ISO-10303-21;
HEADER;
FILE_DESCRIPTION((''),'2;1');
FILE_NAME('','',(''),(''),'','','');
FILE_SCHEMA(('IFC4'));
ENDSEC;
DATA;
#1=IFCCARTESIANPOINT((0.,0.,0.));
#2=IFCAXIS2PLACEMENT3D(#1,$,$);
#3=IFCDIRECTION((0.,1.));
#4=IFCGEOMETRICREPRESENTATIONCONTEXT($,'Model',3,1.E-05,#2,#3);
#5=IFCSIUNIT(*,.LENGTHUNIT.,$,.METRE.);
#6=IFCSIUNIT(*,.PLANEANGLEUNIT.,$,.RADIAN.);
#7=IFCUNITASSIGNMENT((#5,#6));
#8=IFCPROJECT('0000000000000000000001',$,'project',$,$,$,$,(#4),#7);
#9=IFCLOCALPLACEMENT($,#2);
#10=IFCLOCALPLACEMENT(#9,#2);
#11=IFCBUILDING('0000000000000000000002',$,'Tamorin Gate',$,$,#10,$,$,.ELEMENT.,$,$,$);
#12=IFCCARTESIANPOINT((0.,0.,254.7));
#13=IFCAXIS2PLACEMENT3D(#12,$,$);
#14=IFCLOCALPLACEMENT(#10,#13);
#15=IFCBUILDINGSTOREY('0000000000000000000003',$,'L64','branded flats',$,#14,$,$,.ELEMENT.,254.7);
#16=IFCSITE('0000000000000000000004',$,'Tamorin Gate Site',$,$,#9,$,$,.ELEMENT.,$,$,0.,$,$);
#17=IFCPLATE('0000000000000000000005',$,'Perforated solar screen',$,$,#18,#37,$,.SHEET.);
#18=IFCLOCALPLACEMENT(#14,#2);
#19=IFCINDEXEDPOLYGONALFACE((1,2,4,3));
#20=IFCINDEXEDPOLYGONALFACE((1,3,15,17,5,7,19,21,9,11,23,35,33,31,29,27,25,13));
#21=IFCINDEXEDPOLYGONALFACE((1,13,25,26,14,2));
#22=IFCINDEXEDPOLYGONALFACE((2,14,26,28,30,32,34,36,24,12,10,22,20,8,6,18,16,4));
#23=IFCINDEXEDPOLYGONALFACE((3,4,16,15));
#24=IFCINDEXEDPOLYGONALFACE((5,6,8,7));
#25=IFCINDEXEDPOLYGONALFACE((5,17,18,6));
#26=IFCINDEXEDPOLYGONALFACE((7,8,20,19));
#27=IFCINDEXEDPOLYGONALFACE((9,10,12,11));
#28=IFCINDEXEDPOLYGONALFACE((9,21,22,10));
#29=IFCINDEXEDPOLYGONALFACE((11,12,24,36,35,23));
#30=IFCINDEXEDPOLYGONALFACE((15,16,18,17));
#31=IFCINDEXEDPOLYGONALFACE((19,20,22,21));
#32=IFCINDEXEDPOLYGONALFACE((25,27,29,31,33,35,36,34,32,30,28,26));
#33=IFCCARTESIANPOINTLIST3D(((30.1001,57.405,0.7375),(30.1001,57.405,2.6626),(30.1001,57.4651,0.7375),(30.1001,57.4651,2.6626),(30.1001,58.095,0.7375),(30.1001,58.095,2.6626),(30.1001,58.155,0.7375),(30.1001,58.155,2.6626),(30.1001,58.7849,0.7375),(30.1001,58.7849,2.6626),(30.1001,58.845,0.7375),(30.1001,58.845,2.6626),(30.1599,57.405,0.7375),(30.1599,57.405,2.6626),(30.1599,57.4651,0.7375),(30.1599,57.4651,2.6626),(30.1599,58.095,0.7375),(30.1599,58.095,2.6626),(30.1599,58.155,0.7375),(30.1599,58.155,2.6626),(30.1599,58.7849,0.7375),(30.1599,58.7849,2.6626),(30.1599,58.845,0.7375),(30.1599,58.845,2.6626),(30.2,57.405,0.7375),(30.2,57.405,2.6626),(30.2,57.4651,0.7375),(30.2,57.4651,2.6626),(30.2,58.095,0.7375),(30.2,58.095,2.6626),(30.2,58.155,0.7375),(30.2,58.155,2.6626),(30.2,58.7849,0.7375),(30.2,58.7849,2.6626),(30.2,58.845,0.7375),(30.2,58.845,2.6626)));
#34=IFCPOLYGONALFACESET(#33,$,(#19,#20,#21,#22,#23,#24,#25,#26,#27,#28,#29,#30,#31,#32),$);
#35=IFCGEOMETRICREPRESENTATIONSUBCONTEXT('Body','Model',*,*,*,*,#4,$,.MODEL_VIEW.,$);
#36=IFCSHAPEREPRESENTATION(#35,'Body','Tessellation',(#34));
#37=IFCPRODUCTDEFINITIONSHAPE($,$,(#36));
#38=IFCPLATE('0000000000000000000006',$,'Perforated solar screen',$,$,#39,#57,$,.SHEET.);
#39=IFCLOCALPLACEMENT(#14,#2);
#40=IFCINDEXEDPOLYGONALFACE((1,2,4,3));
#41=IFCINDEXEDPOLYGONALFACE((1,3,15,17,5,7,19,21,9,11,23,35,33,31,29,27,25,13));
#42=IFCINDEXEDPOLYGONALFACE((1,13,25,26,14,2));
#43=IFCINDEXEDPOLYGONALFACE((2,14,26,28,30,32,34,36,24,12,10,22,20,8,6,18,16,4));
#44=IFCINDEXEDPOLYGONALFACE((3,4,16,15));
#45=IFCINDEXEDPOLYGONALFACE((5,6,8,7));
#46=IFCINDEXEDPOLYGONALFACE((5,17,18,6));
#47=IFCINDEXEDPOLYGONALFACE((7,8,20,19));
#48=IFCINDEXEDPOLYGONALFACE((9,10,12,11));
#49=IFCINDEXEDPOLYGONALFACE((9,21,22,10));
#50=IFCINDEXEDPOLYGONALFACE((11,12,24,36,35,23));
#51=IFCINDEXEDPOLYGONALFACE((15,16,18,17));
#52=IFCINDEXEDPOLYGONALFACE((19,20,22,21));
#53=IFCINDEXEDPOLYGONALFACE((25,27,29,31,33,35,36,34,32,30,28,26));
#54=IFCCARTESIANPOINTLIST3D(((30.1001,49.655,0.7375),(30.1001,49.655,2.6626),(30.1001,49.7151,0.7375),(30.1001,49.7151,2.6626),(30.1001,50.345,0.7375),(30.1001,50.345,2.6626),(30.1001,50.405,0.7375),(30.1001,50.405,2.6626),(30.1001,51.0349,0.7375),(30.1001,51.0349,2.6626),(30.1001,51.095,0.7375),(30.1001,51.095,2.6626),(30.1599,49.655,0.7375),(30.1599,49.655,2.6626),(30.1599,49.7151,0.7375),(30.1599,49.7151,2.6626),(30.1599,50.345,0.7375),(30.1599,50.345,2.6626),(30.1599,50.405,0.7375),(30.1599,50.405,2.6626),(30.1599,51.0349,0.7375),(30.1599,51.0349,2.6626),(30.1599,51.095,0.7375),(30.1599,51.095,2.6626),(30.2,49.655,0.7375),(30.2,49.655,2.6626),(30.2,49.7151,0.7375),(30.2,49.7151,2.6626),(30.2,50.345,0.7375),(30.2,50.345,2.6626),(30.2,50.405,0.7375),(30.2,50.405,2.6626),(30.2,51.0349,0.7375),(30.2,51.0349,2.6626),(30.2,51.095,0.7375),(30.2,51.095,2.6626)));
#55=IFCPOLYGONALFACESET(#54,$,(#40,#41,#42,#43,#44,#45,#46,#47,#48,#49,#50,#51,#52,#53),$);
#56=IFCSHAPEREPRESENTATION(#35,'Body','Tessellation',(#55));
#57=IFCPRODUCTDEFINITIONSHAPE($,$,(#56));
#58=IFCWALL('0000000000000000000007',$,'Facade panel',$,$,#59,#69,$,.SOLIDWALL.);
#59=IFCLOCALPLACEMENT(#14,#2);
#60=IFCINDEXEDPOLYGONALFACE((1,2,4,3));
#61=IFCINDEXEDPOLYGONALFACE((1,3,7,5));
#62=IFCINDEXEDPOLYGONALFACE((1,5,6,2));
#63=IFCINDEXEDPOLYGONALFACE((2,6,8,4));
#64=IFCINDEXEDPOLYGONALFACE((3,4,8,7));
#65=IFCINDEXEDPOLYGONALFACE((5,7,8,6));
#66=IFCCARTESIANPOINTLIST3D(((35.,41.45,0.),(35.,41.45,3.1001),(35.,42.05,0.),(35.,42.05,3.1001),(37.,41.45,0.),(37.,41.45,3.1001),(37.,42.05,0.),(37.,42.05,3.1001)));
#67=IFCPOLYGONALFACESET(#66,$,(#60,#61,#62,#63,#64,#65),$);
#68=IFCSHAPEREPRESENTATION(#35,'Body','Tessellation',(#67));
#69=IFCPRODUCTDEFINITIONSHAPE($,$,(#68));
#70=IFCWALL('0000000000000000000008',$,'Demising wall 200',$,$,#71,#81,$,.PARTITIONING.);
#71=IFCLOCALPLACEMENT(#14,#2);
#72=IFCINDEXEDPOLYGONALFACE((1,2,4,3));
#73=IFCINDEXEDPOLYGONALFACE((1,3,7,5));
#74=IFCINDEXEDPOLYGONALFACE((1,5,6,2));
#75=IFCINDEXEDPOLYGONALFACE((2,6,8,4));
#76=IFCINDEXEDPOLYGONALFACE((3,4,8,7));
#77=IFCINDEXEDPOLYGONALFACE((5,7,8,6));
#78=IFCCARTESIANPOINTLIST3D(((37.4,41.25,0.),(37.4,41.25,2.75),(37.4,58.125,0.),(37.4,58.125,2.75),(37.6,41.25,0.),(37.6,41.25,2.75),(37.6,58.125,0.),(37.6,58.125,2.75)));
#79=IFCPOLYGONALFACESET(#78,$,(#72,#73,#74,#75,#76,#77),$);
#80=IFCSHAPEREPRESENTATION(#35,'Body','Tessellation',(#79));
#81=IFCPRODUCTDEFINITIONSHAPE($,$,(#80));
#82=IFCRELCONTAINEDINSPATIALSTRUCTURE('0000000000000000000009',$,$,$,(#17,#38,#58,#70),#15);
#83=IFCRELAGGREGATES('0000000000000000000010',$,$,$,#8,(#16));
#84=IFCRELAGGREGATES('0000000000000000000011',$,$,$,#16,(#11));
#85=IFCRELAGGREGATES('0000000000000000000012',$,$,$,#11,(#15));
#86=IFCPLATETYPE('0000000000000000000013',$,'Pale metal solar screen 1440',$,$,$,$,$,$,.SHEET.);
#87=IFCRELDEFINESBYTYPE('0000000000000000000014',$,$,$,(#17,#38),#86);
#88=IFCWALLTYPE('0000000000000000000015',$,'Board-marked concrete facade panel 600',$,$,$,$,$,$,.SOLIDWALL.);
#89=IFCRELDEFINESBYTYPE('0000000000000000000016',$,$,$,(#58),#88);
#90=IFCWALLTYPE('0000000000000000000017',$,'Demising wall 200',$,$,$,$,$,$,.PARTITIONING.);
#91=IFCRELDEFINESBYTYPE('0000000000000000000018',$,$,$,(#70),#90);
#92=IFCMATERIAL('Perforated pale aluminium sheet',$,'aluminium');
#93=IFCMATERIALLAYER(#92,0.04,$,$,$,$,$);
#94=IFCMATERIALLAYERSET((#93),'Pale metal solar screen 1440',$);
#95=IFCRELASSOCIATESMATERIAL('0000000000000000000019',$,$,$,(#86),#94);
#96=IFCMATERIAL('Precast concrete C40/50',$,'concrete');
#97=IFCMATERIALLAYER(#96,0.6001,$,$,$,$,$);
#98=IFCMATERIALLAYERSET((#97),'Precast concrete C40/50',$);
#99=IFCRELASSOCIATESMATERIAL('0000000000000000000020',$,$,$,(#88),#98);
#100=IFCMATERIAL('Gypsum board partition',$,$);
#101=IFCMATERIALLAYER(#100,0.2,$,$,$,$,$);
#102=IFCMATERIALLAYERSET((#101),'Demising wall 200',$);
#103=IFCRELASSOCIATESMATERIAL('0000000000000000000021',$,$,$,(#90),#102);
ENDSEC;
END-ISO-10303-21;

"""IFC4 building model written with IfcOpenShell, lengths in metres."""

from ifc_helpers import new_model, si_unit, direction, frame, frame_2d, origin, place, context, subcontext, project, spatial, polyline, rectangle, outline, extrude, material, layer, layer_set, type_object, element, save


model = new_model("IFC4")

# Units and contexts
model_context = context("Model", 3, precision=1e-05, world=origin(), true_north=direction((0.0, 1.0)))
body_context = subcontext(model_context, "Body", "Model", "MODEL_VIEW")
ifc_project = project(units=[si_unit("LENGTHUNIT", "METRE"), si_unit("PLANEANGLEUNIT", "RADIAN")], contexts=[model_context])

# Site, building, storey
site_placement = place(None, origin())
site = spatial("IfcSite", under=ifc_project, at=site_placement, Name="Tamorin Gate Site", CompositionType="ELEMENT", RefElevation=0.0)
building_placement = place(site_placement, origin())
building = spatial("IfcBuilding", under=site, at=building_placement, Name="Tamorin Gate", CompositionType="ELEMENT")
storey_placement = place(building_placement, frame((0.0, 0.0, 254.7)))
storey = spatial("IfcBuildingStorey", under=building, at=storey_placement, Name="L64", Description="branded flats", CompositionType="ELEMENT", Elevation=254.7)

# Plates
ifc_material_1 = material(Name="Perforated pale aluminium sheet", Category="aluminium")
ifc_layer_1 = layer(ifc_material_1, 0.04)
ifc_layer_set_1 = layer_set([ifc_layer_1], Name="Pale metal solar screen 1440")
plate_type = type_object("IfcPlateType", Name="Pale metal solar screen 1440", PredefinedType="SHEET", material=ifc_layer_set_1)
plate_1_placement = place(storey_placement, frame((0.0, 0.0, 0.7375)))
element("IfcPlate", 1, at=plate_1_placement, inside=storey, type_object=plate_type, Name="Perforated solar screen", PredefinedType="SHEET", context=body_context, shape_type="SweptSolid", body=[
    extrude(outline(polyline([(30.1599, 58.845), (30.2, 58.845), (30.2, 58.7849), (30.2, 58.155), (30.2, 58.095), (30.2, 57.4651), (30.2, 57.405), (30.1599, 57.405), (30.1001, 57.405), (30.1001, 57.4651), (30.1599, 57.4651), (30.1599, 58.095), (30.1001, 58.095), (30.1001, 58.155), (30.1599, 58.155), (30.1599, 58.7849), (30.1001, 58.7849), (30.1001, 58.845), (30.1599, 58.845)])), origin(), (0.0, 0.0, 1.0), 1.925),
])
plate_2_placement = place(storey_placement, frame((0.0, 0.0, 0.7375)))
element("IfcPlate", 2, at=plate_2_placement, inside=storey, type_object=plate_type, Name="Perforated solar screen", PredefinedType="SHEET", context=body_context, shape_type="SweptSolid", body=[
    extrude(outline(polyline([(30.1599, 51.095), (30.2, 51.095), (30.2, 51.0349), (30.2, 50.405), (30.2, 50.345), (30.2, 49.7151), (30.2, 49.655), (30.1599, 49.655), (30.1001, 49.655), (30.1001, 49.7151), (30.1599, 49.7151), (30.1599, 50.345), (30.1001, 50.345), (30.1001, 50.405), (30.1599, 50.405), (30.1599, 51.0349), (30.1001, 51.0349), (30.1001, 51.095), (30.1599, 51.095)])), origin(), (0.0, 0.0, 1.0), 1.925),
])

# Walls
ifc_material_2 = material(Name="Precast concrete C40/50", Category="concrete")
ifc_layer_2 = layer(ifc_material_2, 0.6001)
ifc_layer_set_2 = layer_set([ifc_layer_2], Name="Precast concrete C40/50")
wall_type_1 = type_object("IfcWallType", Name="Board-marked concrete facade panel 600", PredefinedType="SOLIDWALL", material=ifc_layer_set_2)
wall_1_placement = place(storey_placement, frame((35.0, 41.75, 0.0), z_axis=(0.0, 0.0, 1.0), x_axis=(1.0, 0.0, 0.0)))
element("IfcWall", 3, at=wall_1_placement, inside=storey, type_object=wall_type_1, Name="Facade panel", PredefinedType="SOLIDWALL", context=body_context, shape_type="SweptSolid", body=[
    extrude(rectangle(XDim=2.0, YDim=0.6001, at=frame_2d((1.0, 0.0))), origin(), (0.0, 0.0, 1.0), 3.1001),
])
ifc_material_3 = material(Name="Gypsum board partition")
ifc_layer_3 = layer(ifc_material_3, 0.2)
ifc_layer_set_3 = layer_set([ifc_layer_3], Name="Demising wall 200")
wall_type_2 = type_object("IfcWallType", Name="Demising wall 200", PredefinedType="PARTITIONING", material=ifc_layer_set_3)
wall_2_placement = place(storey_placement, frame((37.5, 41.25, 0.0), z_axis=(0.0, 0.0, 1.0), x_axis=(0.0, 1.0, 0.0)))
element("IfcWall", 4, at=wall_2_placement, inside=storey, type_object=wall_type_2, Name="Demising wall 200", PredefinedType="PARTITIONING", context=body_context, shape_type="SweptSolid", body=[
    extrude(rectangle(XDim=16.875, YDim=0.2, at=frame_2d((8.4375, 0.0))), origin(), (0.0, 0.0, 1.0), 2.75),
])

save(model, "model.ifc")
